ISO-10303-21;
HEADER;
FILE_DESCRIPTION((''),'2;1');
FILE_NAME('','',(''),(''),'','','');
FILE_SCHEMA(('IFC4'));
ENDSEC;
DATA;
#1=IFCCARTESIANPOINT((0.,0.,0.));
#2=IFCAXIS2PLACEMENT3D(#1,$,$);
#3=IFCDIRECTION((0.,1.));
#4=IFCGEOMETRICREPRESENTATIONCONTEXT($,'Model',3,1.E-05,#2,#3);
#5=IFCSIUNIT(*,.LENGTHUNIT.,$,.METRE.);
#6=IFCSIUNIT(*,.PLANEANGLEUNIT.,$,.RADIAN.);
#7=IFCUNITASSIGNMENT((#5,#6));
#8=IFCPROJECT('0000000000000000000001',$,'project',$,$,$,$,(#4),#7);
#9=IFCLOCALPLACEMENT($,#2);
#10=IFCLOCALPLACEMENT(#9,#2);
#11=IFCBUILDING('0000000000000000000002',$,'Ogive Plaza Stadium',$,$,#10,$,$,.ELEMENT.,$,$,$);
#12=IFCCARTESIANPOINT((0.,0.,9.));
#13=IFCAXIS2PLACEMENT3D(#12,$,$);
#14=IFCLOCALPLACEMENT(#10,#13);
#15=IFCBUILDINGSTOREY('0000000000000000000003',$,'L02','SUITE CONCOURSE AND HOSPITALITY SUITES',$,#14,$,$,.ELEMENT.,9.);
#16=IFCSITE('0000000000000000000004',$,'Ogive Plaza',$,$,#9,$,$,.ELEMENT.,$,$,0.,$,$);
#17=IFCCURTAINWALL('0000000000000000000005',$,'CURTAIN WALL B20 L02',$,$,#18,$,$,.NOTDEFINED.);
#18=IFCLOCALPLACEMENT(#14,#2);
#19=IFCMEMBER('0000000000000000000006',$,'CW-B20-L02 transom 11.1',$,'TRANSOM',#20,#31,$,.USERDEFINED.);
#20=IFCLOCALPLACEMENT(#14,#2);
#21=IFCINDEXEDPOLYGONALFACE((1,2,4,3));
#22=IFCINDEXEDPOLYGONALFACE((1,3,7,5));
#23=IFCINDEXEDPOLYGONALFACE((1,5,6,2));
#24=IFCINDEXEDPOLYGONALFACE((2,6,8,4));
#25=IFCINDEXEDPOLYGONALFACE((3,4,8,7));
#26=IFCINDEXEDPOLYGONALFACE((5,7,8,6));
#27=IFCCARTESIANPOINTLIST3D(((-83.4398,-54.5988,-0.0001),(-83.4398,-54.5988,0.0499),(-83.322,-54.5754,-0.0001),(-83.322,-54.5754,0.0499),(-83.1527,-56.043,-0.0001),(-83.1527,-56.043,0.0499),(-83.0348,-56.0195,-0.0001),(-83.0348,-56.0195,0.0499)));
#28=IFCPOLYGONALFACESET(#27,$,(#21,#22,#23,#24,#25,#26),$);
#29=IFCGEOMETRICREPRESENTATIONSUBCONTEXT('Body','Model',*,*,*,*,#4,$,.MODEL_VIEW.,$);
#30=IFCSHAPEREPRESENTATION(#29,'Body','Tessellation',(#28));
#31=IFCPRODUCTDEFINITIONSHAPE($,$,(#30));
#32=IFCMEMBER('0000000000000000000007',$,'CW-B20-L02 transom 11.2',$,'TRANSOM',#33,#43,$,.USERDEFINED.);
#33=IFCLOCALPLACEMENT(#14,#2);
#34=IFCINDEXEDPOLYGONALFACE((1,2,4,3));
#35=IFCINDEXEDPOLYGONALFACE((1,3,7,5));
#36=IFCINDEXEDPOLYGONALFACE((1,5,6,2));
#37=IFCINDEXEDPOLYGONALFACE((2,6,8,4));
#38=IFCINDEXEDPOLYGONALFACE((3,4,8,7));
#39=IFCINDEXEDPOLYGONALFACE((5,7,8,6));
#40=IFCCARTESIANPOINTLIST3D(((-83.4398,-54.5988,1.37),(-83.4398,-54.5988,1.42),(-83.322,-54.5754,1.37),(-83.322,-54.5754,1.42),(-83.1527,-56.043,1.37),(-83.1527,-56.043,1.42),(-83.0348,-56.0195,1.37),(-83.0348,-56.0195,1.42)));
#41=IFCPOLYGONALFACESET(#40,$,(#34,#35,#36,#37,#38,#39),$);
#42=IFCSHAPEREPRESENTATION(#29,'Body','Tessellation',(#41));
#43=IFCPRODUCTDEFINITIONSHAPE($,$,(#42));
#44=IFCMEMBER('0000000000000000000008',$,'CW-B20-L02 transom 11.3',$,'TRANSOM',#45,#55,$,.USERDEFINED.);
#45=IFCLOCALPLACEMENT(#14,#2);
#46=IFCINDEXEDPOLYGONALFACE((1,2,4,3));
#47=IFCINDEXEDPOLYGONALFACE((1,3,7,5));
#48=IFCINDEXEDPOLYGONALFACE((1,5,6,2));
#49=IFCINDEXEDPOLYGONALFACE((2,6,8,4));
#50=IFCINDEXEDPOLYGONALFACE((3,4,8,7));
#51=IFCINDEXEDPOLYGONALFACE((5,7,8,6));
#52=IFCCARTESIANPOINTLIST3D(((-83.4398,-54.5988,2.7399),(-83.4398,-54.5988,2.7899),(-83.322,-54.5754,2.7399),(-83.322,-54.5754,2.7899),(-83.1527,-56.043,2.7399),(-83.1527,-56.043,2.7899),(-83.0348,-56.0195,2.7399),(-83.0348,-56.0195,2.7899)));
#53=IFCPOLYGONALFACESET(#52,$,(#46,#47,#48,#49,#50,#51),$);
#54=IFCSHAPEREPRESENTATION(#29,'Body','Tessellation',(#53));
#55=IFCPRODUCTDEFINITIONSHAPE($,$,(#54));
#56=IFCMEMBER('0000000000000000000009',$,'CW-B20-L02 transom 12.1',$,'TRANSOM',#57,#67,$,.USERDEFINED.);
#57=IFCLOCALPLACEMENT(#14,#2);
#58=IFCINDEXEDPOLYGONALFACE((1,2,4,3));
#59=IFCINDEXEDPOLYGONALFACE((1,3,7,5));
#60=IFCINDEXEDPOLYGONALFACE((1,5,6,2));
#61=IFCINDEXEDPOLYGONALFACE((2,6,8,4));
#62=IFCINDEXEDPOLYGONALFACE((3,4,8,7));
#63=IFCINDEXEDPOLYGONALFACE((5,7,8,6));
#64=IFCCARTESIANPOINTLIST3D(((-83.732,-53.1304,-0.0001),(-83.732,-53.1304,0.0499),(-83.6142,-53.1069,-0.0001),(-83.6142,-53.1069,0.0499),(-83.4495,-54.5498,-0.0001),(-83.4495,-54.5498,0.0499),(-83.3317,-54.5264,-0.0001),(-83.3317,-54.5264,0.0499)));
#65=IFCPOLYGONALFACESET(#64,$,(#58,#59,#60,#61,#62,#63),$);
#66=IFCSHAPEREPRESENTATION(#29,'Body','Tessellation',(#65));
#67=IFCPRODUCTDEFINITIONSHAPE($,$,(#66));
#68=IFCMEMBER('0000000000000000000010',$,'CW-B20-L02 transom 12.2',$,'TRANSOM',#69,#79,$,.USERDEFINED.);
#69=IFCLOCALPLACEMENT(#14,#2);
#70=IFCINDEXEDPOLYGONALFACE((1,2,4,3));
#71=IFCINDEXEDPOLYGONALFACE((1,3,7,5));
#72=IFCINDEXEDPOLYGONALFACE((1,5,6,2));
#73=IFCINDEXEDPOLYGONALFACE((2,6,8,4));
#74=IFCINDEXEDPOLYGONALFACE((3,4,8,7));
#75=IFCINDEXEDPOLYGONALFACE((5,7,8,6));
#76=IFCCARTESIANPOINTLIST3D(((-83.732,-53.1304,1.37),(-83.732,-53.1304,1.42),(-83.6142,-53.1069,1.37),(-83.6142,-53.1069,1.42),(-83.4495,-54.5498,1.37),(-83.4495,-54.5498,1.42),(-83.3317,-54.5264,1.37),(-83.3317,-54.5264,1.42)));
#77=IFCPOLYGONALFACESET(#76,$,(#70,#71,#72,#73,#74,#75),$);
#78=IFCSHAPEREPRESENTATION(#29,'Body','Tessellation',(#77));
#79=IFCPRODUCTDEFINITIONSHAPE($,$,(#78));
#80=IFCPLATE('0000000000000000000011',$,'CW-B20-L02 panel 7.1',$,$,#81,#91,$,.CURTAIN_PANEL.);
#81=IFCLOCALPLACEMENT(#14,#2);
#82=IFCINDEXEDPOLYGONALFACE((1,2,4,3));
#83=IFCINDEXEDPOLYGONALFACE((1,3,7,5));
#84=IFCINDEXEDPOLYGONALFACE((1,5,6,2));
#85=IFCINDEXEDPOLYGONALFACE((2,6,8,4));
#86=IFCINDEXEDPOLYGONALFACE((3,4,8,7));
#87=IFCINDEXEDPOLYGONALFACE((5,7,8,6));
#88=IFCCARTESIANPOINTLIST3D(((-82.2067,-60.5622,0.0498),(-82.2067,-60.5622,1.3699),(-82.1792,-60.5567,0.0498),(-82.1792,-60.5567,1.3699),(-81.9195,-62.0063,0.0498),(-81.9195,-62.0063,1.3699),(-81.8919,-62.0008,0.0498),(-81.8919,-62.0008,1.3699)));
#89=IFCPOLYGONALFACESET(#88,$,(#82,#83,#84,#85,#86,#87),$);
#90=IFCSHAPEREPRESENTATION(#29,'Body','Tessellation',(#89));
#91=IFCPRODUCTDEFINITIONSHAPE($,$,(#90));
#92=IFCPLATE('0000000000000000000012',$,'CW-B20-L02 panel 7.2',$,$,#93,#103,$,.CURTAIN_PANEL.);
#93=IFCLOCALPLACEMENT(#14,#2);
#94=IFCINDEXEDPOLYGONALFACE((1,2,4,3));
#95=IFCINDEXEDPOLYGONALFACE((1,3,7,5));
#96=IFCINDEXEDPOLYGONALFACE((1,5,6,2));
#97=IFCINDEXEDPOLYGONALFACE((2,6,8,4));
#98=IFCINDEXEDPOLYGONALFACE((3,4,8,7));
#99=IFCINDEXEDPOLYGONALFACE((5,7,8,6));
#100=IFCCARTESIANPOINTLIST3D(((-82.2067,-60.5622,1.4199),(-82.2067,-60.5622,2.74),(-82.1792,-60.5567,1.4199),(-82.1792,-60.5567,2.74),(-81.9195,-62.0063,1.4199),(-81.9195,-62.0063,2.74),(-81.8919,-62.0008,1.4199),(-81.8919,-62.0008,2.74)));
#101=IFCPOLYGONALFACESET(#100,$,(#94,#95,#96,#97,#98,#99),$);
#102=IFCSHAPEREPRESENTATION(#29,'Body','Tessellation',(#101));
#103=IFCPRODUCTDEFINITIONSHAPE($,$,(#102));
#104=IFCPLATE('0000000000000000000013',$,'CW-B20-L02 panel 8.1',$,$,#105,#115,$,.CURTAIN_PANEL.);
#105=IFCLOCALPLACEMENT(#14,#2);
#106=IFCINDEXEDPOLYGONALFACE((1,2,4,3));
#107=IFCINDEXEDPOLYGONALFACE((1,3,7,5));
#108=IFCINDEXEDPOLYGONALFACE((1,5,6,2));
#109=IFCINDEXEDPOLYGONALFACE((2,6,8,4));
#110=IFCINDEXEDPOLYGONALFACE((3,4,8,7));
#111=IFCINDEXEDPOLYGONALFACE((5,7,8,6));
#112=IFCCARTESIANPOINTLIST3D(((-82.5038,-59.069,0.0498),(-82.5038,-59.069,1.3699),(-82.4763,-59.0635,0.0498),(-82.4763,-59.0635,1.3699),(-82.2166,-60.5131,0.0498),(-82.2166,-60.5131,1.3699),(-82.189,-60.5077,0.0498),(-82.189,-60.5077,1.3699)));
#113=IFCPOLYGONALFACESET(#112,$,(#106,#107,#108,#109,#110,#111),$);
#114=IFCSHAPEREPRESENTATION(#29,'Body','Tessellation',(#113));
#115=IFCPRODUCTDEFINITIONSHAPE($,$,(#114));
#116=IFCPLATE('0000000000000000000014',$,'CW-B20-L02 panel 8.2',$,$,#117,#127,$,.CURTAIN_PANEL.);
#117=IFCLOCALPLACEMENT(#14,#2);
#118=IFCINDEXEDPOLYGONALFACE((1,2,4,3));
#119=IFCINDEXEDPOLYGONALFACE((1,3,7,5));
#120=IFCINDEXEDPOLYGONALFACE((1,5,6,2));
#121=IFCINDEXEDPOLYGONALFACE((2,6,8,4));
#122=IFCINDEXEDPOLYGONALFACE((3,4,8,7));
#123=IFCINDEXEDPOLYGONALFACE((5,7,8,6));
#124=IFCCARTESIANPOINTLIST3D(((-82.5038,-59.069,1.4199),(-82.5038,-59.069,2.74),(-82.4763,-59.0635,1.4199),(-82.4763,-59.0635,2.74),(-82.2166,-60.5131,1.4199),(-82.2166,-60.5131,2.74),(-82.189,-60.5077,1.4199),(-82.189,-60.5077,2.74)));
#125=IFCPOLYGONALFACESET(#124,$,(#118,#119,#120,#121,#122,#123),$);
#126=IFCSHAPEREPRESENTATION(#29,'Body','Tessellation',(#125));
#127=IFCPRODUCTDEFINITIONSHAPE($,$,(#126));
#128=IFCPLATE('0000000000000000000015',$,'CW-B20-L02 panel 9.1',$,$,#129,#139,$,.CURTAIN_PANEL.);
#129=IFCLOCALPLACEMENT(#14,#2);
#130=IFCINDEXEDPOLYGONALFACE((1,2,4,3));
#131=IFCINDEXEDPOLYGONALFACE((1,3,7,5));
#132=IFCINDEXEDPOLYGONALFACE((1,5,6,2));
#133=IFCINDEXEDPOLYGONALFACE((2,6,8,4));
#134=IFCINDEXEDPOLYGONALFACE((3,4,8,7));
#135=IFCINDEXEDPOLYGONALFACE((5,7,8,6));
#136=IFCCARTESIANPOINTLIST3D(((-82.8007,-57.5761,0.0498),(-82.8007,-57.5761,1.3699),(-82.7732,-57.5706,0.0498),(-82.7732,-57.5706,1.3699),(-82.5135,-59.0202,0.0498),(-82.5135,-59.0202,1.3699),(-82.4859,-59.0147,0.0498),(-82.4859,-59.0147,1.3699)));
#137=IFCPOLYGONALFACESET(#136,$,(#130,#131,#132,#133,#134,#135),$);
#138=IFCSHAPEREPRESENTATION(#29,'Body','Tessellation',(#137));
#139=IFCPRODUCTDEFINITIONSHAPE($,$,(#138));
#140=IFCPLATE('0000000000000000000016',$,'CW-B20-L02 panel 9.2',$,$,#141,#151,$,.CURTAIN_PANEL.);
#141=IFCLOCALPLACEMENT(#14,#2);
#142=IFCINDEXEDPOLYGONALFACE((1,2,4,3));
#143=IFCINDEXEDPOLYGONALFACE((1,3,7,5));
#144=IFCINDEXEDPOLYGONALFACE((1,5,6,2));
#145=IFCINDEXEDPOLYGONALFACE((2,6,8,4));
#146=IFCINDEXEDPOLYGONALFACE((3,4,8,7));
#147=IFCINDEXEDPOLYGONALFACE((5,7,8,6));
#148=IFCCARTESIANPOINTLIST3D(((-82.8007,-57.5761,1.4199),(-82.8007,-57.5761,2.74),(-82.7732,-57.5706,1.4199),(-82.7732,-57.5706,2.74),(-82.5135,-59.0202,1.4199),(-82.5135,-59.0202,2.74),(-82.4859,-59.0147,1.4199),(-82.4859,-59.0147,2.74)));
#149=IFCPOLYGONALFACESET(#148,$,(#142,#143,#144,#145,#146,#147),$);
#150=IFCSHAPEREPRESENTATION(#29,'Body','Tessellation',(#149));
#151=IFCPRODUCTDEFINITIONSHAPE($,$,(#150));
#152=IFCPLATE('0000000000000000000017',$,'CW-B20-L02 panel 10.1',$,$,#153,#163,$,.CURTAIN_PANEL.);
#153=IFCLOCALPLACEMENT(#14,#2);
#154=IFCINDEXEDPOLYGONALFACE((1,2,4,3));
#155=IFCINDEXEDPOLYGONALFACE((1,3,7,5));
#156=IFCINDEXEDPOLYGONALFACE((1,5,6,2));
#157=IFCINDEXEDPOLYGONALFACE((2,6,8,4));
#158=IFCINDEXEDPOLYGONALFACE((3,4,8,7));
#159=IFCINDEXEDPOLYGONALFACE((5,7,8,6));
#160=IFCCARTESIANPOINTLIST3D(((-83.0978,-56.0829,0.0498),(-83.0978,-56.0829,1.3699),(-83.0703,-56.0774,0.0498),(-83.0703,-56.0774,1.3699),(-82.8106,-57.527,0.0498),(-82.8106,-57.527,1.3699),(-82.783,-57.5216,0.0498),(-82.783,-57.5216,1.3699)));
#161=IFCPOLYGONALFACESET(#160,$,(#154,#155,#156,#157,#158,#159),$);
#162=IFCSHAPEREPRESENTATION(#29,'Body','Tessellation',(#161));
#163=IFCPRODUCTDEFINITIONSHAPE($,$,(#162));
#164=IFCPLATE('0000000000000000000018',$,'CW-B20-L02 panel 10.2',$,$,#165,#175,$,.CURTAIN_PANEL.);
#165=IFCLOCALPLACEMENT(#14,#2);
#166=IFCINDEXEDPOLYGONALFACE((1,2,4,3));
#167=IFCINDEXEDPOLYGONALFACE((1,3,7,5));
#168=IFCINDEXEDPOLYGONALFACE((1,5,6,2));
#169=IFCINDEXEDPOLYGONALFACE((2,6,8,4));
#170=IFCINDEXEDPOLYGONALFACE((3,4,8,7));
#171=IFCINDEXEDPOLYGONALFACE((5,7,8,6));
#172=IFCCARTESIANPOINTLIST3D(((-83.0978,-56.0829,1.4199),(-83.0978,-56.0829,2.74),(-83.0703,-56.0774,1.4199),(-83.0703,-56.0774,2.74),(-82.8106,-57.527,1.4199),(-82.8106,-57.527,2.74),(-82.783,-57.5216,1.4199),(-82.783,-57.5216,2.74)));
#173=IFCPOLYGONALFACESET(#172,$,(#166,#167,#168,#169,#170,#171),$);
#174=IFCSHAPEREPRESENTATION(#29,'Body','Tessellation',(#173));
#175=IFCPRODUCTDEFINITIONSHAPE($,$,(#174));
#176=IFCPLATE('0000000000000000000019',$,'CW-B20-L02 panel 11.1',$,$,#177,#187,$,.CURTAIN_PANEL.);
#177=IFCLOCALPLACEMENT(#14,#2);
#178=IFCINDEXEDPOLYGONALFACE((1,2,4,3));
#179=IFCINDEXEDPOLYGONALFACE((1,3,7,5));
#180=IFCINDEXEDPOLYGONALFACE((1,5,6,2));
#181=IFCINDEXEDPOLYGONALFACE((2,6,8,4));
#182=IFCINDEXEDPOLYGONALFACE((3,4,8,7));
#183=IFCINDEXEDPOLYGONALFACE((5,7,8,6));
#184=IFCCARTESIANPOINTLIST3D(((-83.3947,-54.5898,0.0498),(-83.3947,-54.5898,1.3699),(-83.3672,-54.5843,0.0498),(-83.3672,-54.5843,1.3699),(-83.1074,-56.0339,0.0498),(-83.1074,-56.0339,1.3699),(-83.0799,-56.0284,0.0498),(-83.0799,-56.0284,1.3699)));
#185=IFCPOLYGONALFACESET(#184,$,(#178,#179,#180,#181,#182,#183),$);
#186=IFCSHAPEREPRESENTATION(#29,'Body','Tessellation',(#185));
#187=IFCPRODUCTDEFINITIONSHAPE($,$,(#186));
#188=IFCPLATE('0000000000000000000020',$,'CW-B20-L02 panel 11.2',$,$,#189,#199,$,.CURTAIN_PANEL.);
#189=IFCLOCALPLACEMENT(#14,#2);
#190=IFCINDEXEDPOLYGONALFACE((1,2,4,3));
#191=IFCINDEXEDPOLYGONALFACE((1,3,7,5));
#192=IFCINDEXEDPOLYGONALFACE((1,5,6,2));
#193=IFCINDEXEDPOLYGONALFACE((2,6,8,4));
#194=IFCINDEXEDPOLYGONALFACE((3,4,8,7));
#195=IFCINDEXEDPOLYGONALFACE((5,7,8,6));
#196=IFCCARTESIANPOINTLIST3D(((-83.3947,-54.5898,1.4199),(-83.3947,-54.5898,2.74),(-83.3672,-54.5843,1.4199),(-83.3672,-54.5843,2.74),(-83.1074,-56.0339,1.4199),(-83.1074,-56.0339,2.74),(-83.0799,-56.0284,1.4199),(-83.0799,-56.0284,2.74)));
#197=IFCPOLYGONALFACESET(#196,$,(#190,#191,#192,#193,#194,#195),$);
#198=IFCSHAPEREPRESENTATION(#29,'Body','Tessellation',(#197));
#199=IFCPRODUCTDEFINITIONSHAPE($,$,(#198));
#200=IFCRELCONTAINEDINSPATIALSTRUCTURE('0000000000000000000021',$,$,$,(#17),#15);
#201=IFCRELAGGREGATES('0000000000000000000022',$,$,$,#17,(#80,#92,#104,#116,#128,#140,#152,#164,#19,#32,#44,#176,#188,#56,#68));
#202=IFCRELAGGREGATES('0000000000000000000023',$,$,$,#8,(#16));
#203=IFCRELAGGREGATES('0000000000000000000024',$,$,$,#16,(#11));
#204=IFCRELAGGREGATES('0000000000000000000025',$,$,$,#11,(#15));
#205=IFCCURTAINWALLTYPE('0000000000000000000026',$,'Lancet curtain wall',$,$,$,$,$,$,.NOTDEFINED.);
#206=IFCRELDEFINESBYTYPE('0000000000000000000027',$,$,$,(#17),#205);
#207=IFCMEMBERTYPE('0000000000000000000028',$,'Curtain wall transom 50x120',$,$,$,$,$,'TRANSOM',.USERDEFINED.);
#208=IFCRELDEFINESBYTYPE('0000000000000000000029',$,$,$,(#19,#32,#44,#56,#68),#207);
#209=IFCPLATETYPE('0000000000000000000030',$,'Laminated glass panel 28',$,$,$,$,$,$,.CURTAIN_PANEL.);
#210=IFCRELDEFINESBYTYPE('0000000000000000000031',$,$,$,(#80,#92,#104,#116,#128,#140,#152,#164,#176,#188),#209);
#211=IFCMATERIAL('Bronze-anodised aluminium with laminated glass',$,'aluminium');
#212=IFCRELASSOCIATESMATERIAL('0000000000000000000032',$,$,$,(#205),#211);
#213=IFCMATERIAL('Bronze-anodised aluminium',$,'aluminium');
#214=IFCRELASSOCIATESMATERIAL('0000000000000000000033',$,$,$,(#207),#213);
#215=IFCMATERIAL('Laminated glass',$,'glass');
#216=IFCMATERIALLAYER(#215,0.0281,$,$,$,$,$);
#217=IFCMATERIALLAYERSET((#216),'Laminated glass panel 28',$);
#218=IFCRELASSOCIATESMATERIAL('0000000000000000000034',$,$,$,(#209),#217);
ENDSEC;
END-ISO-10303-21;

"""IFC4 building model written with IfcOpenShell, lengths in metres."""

from ifc_helpers import new_model, si_unit, direction, frame, origin, origin_2d, place, context, subcontext, project, spatial, rectangle, extrude, material, layer, layer_set, material_profile, profile_set, type_object, element, aggregate, save


model = new_model("IFC4")

# Units and contexts
model_context = context("Model", 3, precision=1e-05, world=origin(), true_north=direction((0.0, 1.0)))
body_context = subcontext(model_context, "Body", "Model", "MODEL_VIEW")
ifc_project = project(units=[si_unit("LENGTHUNIT", "METRE"), si_unit("PLANEANGLEUNIT", "RADIAN")], contexts=[model_context])

# Site, building, storey
site_placement = place(None, origin())
site = spatial("IfcSite", under=ifc_project, at=site_placement, Name="Ogive Plaza", CompositionType="ELEMENT", RefElevation=0.0)
building_placement = place(site_placement, origin())
building = spatial("IfcBuilding", under=site, at=building_placement, Name="Ogive Plaza Stadium", CompositionType="ELEMENT")
storey_placement = place(building_placement, frame((0.0, 0.0, 9.0)))
storey = spatial("IfcBuildingStorey", under=building, at=storey_placement, Name="L02", Description="SUITE CONCOURSE AND HOSPITALITY SUITES", CompositionType="ELEMENT", Elevation=9.0)

# Curtain wall, members, plates
ifc_material_1 = material(Name="Bronze-anodised aluminium with laminated glass", Category="aluminium")
curtain_wall_type = type_object("IfcCurtainWallType", Name="Lancet curtain wall", PredefinedType="NOTDEFINED", material=ifc_material_1)
curtain_wall_placement = place(storey_placement, origin())
curtain_wall = element("IfcCurtainWall", 1, at=curtain_wall_placement, inside=storey, type_object=curtain_wall_type, Name="CURTAIN WALL B20 L02", PredefinedType="NOTDEFINED")
ifc_material_2 = material(Name="Bronze-anodised aluminium", Category="aluminium")
ifc_material_profile_1 = material_profile(ifc_material_2, rectangle(XDim=0.1201, YDim=0.05, at=origin_2d()), Name="AL 120x50")
ifc_profile_set_1 = profile_set([ifc_material_profile_1], Name="Bronze-anodised aluminium")
member_type_1 = type_object("IfcMemberType", Name="Curtain wall transom 50x120", ElementType="TRANSOM", PredefinedType="USERDEFINED", material=ifc_profile_set_1)
member_1_placement = place(storey_placement, frame((-83.0938, -56.0312, 0.0249), z_axis=(-0.195, 0.980803, 0.0), x_axis=(-0.980803, -0.195, 0.0)))
member_1 = element("IfcMember", 2, at=member_1_placement, type_object=member_type_1, Name="CW-B20-L02 transom 11.1", ObjectType="TRANSOM", PredefinedType="USERDEFINED", context=body_context, shape_type="SweptSolid", body=[
    extrude(rectangle(XDim=0.1201, YDim=0.05, at=origin_2d()), origin(), (0.0, 0.0, 1.0), 1.4724),
])
member_2_placement = place(storey_placement, frame((-83.0938, -56.0312, 1.395), z_axis=(-0.195, 0.980803, 0.0), x_axis=(-0.980803, -0.195, 0.0)))
member_2 = element("IfcMember", 3, at=member_2_placement, type_object=member_type_1, Name="CW-B20-L02 transom 11.2", ObjectType="TRANSOM", PredefinedType="USERDEFINED", context=body_context, shape_type="SweptSolid", body=[
    extrude(rectangle(XDim=0.1201, YDim=0.05, at=origin_2d()), origin(), (0.0, 0.0, 1.0), 1.4724),
])
member_3_placement = place(storey_placement, frame((-83.0938, -56.0312, 2.7649), z_axis=(-0.195, 0.980803, 0.0), x_axis=(-0.980803, -0.195, 0.0)))
member_3 = element("IfcMember", 4, at=member_3_placement, type_object=member_type_1, Name="CW-B20-L02 transom 11.3", ObjectType="TRANSOM", PredefinedType="USERDEFINED", context=body_context, shape_type="SweptSolid", body=[
    extrude(rectangle(XDim=0.1201, YDim=0.05, at=origin_2d()), origin(), (0.0, 0.0, 1.0), 1.4724),
])
member_4_placement = place(storey_placement, frame((-83.3906, -54.5381, 0.0249), z_axis=(-0.195175, 0.980768, 0.0), x_axis=(-0.980768, -0.195175, 0.0)))
member_4 = element("IfcMember", 5, at=member_4_placement, type_object=member_type_1, Name="CW-B20-L02 transom 12.1", ObjectType="TRANSOM", PredefinedType="USERDEFINED", context=body_context, shape_type="SweptSolid", body=[
    extrude(rectangle(XDim=0.1201, YDim=0.05, at=origin_2d()), origin(), (0.0, 0.0, 1.0), 1.4473),
])
member_5_placement = place(storey_placement, frame((-83.3906, -54.5381, 1.395), z_axis=(-0.195175, 0.980768, 0.0), x_axis=(-0.980768, -0.195175, 0.0)))
member_5 = element("IfcMember", 6, at=member_5_placement, type_object=member_type_1, Name="CW-B20-L02 transom 12.2", ObjectType="TRANSOM", PredefinedType="USERDEFINED", context=body_context, shape_type="SweptSolid", body=[
    extrude(rectangle(XDim=0.1201, YDim=0.05, at=origin_2d()), origin(), (0.0, 0.0, 1.0), 1.4473),
])
ifc_material_3 = material(Name="Laminated glass", Category="glass")
ifc_layer_1 = layer(ifc_material_3, 0.0281)
ifc_layer_set_1 = layer_set([ifc_layer_1], Name="Laminated glass panel 28")
plate_type = type_object("IfcPlateType", Name="Laminated glass panel 28", PredefinedType="CURTAIN_PANEL", material=ifc_layer_set_1)
plate_1_placement = place(storey_placement, frame((-82.0493, -61.2815, 0.0498), z_axis=(0.0, 0.0, 1.0), x_axis=(-0.19509, 0.980785, 0.0)))
plate_1 = element("IfcPlate", 7, at=plate_1_placement, type_object=plate_type, Name="CW-B20-L02 panel 7.1", PredefinedType="CURTAIN_PANEL", context=body_context, shape_type="SweptSolid", body=[
    extrude(rectangle(XDim=1.4724, YDim=0.0281, at=origin_2d()), origin(), (0.0, 0.0, 1.0), 1.3201),
])
plate_2_placement = place(storey_placement, frame((-82.0493, -61.2815, 1.4199), z_axis=(0.0, 0.0, 1.0), x_axis=(-0.19509, 0.980785, 0.0)))
plate_2 = element("IfcPlate", 8, at=plate_2_placement, type_object=plate_type, Name="CW-B20-L02 panel 7.2", PredefinedType="CURTAIN_PANEL", context=body_context, shape_type="SweptSolid", body=[
    extrude(rectangle(XDim=1.4724, YDim=0.0281, at=origin_2d()), origin(), (0.0, 0.0, 1.0), 1.3201),
])
plate_3_placement = place(storey_placement, frame((-82.3464, -59.7883, 0.0498), z_axis=(0.0, 0.0, 1.0), x_axis=(-0.19509, 0.980785, 0.0)))
plate_3 = element("IfcPlate", 9, at=plate_3_placement, type_object=plate_type, Name="CW-B20-L02 panel 8.1", PredefinedType="CURTAIN_PANEL", context=body_context, shape_type="SweptSolid", body=[
    extrude(rectangle(XDim=1.4724, YDim=0.0281, at=origin_2d()), origin(), (0.0, 0.0, 1.0), 1.3201),
])
plate_4_placement = place(storey_placement, frame((-82.3464, -59.7883, 1.4199), z_axis=(0.0, 0.0, 1.0), x_axis=(-0.19509, 0.980785, 0.0)))
plate_4 = element("IfcPlate", 10, at=plate_4_placement, type_object=plate_type, Name="CW-B20-L02 panel 8.2", PredefinedType="CURTAIN_PANEL", context=body_context, shape_type="SweptSolid", body=[
    extrude(rectangle(XDim=1.4724, YDim=0.0281, at=origin_2d()), origin(), (0.0, 0.0, 1.0), 1.3201),
])
plate_5_placement = place(storey_placement, frame((-82.6433, -58.2954, 0.0498), z_axis=(0.0, 0.0, 1.0), x_axis=(-0.19509, 0.980785, 0.0)))
plate_5 = element("IfcPlate", 11, at=plate_5_placement, type_object=plate_type, Name="CW-B20-L02 panel 9.1", PredefinedType="CURTAIN_PANEL", context=body_context, shape_type="SweptSolid", body=[
    extrude(rectangle(XDim=1.4724, YDim=0.0281, at=origin_2d()), origin(), (0.0, 0.0, 1.0), 1.3201),
])
plate_6_placement = place(storey_placement, frame((-82.6433, -58.2954, 1.4199), z_axis=(0.0, 0.0, 1.0), x_axis=(-0.19509, 0.980785, 0.0)))
plate_6 = element("IfcPlate", 12, at=plate_6_placement, type_object=plate_type, Name="CW-B20-L02 panel 9.2", PredefinedType="CURTAIN_PANEL", context=body_context, shape_type="SweptSolid", body=[
    extrude(rectangle(XDim=1.4724, YDim=0.0281, at=origin_2d()), origin(), (0.0, 0.0, 1.0), 1.3201),
])
plate_7_placement = place(storey_placement, frame((-82.9404, -56.8022, 0.0498), z_axis=(0.0, 0.0, 1.0), x_axis=(-0.19509, 0.980785, 0.0)))
plate_7 = element("IfcPlate", 13, at=plate_7_placement, type_object=plate_type, Name="CW-B20-L02 panel 10.1", PredefinedType="CURTAIN_PANEL", context=body_context, shape_type="SweptSolid", body=[
    extrude(rectangle(XDim=1.4724, YDim=0.0281, at=origin_2d()), origin(), (0.0, 0.0, 1.0), 1.3201),
])
plate_8_placement = place(storey_placement, frame((-82.9404, -56.8022, 1.4199), z_axis=(0.0, 0.0, 1.0), x_axis=(-0.19509, 0.980785, 0.0)))
plate_8 = element("IfcPlate", 14, at=plate_8_placement, type_object=plate_type, Name="CW-B20-L02 panel 10.2", PredefinedType="CURTAIN_PANEL", context=body_context, shape_type="SweptSolid", body=[
    extrude(rectangle(XDim=1.4724, YDim=0.0281, at=origin_2d()), origin(), (0.0, 0.0, 1.0), 1.3201),
])
plate_9_placement = place(storey_placement, frame((-83.2373, -55.3091, 0.0498), z_axis=(0.0, 0.0, 1.0), x_axis=(-0.19509, 0.980785, 0.0)))
plate_9 = element("IfcPlate", 15, at=plate_9_placement, type_object=plate_type, Name="CW-B20-L02 panel 11.1", PredefinedType="CURTAIN_PANEL", context=body_context, shape_type="SweptSolid", body=[
    extrude(rectangle(XDim=1.4724, YDim=0.0281, at=origin_2d()), origin(), (0.0, 0.0, 1.0), 1.3201),
])
plate_10_placement = place(storey_placement, frame((-83.2373, -55.3091, 1.4199), z_axis=(0.0, 0.0, 1.0), x_axis=(-0.19509, 0.980785, 0.0)))
plate_10 = element("IfcPlate", 16, at=plate_10_placement, type_object=plate_type, Name="CW-B20-L02 panel 11.2", PredefinedType="CURTAIN_PANEL", context=body_context, shape_type="SweptSolid", body=[
    extrude(rectangle(XDim=1.4724, YDim=0.0281, at=origin_2d()), origin(), (0.0, 0.0, 1.0), 1.3201),
])
aggregate(curtain_wall, [plate_1, plate_2, plate_3, plate_4, plate_5, plate_6, plate_7, plate_8, member_1, member_2, member_3, plate_9, plate_10, member_4, member_5])

save(model, "model.ifc")
